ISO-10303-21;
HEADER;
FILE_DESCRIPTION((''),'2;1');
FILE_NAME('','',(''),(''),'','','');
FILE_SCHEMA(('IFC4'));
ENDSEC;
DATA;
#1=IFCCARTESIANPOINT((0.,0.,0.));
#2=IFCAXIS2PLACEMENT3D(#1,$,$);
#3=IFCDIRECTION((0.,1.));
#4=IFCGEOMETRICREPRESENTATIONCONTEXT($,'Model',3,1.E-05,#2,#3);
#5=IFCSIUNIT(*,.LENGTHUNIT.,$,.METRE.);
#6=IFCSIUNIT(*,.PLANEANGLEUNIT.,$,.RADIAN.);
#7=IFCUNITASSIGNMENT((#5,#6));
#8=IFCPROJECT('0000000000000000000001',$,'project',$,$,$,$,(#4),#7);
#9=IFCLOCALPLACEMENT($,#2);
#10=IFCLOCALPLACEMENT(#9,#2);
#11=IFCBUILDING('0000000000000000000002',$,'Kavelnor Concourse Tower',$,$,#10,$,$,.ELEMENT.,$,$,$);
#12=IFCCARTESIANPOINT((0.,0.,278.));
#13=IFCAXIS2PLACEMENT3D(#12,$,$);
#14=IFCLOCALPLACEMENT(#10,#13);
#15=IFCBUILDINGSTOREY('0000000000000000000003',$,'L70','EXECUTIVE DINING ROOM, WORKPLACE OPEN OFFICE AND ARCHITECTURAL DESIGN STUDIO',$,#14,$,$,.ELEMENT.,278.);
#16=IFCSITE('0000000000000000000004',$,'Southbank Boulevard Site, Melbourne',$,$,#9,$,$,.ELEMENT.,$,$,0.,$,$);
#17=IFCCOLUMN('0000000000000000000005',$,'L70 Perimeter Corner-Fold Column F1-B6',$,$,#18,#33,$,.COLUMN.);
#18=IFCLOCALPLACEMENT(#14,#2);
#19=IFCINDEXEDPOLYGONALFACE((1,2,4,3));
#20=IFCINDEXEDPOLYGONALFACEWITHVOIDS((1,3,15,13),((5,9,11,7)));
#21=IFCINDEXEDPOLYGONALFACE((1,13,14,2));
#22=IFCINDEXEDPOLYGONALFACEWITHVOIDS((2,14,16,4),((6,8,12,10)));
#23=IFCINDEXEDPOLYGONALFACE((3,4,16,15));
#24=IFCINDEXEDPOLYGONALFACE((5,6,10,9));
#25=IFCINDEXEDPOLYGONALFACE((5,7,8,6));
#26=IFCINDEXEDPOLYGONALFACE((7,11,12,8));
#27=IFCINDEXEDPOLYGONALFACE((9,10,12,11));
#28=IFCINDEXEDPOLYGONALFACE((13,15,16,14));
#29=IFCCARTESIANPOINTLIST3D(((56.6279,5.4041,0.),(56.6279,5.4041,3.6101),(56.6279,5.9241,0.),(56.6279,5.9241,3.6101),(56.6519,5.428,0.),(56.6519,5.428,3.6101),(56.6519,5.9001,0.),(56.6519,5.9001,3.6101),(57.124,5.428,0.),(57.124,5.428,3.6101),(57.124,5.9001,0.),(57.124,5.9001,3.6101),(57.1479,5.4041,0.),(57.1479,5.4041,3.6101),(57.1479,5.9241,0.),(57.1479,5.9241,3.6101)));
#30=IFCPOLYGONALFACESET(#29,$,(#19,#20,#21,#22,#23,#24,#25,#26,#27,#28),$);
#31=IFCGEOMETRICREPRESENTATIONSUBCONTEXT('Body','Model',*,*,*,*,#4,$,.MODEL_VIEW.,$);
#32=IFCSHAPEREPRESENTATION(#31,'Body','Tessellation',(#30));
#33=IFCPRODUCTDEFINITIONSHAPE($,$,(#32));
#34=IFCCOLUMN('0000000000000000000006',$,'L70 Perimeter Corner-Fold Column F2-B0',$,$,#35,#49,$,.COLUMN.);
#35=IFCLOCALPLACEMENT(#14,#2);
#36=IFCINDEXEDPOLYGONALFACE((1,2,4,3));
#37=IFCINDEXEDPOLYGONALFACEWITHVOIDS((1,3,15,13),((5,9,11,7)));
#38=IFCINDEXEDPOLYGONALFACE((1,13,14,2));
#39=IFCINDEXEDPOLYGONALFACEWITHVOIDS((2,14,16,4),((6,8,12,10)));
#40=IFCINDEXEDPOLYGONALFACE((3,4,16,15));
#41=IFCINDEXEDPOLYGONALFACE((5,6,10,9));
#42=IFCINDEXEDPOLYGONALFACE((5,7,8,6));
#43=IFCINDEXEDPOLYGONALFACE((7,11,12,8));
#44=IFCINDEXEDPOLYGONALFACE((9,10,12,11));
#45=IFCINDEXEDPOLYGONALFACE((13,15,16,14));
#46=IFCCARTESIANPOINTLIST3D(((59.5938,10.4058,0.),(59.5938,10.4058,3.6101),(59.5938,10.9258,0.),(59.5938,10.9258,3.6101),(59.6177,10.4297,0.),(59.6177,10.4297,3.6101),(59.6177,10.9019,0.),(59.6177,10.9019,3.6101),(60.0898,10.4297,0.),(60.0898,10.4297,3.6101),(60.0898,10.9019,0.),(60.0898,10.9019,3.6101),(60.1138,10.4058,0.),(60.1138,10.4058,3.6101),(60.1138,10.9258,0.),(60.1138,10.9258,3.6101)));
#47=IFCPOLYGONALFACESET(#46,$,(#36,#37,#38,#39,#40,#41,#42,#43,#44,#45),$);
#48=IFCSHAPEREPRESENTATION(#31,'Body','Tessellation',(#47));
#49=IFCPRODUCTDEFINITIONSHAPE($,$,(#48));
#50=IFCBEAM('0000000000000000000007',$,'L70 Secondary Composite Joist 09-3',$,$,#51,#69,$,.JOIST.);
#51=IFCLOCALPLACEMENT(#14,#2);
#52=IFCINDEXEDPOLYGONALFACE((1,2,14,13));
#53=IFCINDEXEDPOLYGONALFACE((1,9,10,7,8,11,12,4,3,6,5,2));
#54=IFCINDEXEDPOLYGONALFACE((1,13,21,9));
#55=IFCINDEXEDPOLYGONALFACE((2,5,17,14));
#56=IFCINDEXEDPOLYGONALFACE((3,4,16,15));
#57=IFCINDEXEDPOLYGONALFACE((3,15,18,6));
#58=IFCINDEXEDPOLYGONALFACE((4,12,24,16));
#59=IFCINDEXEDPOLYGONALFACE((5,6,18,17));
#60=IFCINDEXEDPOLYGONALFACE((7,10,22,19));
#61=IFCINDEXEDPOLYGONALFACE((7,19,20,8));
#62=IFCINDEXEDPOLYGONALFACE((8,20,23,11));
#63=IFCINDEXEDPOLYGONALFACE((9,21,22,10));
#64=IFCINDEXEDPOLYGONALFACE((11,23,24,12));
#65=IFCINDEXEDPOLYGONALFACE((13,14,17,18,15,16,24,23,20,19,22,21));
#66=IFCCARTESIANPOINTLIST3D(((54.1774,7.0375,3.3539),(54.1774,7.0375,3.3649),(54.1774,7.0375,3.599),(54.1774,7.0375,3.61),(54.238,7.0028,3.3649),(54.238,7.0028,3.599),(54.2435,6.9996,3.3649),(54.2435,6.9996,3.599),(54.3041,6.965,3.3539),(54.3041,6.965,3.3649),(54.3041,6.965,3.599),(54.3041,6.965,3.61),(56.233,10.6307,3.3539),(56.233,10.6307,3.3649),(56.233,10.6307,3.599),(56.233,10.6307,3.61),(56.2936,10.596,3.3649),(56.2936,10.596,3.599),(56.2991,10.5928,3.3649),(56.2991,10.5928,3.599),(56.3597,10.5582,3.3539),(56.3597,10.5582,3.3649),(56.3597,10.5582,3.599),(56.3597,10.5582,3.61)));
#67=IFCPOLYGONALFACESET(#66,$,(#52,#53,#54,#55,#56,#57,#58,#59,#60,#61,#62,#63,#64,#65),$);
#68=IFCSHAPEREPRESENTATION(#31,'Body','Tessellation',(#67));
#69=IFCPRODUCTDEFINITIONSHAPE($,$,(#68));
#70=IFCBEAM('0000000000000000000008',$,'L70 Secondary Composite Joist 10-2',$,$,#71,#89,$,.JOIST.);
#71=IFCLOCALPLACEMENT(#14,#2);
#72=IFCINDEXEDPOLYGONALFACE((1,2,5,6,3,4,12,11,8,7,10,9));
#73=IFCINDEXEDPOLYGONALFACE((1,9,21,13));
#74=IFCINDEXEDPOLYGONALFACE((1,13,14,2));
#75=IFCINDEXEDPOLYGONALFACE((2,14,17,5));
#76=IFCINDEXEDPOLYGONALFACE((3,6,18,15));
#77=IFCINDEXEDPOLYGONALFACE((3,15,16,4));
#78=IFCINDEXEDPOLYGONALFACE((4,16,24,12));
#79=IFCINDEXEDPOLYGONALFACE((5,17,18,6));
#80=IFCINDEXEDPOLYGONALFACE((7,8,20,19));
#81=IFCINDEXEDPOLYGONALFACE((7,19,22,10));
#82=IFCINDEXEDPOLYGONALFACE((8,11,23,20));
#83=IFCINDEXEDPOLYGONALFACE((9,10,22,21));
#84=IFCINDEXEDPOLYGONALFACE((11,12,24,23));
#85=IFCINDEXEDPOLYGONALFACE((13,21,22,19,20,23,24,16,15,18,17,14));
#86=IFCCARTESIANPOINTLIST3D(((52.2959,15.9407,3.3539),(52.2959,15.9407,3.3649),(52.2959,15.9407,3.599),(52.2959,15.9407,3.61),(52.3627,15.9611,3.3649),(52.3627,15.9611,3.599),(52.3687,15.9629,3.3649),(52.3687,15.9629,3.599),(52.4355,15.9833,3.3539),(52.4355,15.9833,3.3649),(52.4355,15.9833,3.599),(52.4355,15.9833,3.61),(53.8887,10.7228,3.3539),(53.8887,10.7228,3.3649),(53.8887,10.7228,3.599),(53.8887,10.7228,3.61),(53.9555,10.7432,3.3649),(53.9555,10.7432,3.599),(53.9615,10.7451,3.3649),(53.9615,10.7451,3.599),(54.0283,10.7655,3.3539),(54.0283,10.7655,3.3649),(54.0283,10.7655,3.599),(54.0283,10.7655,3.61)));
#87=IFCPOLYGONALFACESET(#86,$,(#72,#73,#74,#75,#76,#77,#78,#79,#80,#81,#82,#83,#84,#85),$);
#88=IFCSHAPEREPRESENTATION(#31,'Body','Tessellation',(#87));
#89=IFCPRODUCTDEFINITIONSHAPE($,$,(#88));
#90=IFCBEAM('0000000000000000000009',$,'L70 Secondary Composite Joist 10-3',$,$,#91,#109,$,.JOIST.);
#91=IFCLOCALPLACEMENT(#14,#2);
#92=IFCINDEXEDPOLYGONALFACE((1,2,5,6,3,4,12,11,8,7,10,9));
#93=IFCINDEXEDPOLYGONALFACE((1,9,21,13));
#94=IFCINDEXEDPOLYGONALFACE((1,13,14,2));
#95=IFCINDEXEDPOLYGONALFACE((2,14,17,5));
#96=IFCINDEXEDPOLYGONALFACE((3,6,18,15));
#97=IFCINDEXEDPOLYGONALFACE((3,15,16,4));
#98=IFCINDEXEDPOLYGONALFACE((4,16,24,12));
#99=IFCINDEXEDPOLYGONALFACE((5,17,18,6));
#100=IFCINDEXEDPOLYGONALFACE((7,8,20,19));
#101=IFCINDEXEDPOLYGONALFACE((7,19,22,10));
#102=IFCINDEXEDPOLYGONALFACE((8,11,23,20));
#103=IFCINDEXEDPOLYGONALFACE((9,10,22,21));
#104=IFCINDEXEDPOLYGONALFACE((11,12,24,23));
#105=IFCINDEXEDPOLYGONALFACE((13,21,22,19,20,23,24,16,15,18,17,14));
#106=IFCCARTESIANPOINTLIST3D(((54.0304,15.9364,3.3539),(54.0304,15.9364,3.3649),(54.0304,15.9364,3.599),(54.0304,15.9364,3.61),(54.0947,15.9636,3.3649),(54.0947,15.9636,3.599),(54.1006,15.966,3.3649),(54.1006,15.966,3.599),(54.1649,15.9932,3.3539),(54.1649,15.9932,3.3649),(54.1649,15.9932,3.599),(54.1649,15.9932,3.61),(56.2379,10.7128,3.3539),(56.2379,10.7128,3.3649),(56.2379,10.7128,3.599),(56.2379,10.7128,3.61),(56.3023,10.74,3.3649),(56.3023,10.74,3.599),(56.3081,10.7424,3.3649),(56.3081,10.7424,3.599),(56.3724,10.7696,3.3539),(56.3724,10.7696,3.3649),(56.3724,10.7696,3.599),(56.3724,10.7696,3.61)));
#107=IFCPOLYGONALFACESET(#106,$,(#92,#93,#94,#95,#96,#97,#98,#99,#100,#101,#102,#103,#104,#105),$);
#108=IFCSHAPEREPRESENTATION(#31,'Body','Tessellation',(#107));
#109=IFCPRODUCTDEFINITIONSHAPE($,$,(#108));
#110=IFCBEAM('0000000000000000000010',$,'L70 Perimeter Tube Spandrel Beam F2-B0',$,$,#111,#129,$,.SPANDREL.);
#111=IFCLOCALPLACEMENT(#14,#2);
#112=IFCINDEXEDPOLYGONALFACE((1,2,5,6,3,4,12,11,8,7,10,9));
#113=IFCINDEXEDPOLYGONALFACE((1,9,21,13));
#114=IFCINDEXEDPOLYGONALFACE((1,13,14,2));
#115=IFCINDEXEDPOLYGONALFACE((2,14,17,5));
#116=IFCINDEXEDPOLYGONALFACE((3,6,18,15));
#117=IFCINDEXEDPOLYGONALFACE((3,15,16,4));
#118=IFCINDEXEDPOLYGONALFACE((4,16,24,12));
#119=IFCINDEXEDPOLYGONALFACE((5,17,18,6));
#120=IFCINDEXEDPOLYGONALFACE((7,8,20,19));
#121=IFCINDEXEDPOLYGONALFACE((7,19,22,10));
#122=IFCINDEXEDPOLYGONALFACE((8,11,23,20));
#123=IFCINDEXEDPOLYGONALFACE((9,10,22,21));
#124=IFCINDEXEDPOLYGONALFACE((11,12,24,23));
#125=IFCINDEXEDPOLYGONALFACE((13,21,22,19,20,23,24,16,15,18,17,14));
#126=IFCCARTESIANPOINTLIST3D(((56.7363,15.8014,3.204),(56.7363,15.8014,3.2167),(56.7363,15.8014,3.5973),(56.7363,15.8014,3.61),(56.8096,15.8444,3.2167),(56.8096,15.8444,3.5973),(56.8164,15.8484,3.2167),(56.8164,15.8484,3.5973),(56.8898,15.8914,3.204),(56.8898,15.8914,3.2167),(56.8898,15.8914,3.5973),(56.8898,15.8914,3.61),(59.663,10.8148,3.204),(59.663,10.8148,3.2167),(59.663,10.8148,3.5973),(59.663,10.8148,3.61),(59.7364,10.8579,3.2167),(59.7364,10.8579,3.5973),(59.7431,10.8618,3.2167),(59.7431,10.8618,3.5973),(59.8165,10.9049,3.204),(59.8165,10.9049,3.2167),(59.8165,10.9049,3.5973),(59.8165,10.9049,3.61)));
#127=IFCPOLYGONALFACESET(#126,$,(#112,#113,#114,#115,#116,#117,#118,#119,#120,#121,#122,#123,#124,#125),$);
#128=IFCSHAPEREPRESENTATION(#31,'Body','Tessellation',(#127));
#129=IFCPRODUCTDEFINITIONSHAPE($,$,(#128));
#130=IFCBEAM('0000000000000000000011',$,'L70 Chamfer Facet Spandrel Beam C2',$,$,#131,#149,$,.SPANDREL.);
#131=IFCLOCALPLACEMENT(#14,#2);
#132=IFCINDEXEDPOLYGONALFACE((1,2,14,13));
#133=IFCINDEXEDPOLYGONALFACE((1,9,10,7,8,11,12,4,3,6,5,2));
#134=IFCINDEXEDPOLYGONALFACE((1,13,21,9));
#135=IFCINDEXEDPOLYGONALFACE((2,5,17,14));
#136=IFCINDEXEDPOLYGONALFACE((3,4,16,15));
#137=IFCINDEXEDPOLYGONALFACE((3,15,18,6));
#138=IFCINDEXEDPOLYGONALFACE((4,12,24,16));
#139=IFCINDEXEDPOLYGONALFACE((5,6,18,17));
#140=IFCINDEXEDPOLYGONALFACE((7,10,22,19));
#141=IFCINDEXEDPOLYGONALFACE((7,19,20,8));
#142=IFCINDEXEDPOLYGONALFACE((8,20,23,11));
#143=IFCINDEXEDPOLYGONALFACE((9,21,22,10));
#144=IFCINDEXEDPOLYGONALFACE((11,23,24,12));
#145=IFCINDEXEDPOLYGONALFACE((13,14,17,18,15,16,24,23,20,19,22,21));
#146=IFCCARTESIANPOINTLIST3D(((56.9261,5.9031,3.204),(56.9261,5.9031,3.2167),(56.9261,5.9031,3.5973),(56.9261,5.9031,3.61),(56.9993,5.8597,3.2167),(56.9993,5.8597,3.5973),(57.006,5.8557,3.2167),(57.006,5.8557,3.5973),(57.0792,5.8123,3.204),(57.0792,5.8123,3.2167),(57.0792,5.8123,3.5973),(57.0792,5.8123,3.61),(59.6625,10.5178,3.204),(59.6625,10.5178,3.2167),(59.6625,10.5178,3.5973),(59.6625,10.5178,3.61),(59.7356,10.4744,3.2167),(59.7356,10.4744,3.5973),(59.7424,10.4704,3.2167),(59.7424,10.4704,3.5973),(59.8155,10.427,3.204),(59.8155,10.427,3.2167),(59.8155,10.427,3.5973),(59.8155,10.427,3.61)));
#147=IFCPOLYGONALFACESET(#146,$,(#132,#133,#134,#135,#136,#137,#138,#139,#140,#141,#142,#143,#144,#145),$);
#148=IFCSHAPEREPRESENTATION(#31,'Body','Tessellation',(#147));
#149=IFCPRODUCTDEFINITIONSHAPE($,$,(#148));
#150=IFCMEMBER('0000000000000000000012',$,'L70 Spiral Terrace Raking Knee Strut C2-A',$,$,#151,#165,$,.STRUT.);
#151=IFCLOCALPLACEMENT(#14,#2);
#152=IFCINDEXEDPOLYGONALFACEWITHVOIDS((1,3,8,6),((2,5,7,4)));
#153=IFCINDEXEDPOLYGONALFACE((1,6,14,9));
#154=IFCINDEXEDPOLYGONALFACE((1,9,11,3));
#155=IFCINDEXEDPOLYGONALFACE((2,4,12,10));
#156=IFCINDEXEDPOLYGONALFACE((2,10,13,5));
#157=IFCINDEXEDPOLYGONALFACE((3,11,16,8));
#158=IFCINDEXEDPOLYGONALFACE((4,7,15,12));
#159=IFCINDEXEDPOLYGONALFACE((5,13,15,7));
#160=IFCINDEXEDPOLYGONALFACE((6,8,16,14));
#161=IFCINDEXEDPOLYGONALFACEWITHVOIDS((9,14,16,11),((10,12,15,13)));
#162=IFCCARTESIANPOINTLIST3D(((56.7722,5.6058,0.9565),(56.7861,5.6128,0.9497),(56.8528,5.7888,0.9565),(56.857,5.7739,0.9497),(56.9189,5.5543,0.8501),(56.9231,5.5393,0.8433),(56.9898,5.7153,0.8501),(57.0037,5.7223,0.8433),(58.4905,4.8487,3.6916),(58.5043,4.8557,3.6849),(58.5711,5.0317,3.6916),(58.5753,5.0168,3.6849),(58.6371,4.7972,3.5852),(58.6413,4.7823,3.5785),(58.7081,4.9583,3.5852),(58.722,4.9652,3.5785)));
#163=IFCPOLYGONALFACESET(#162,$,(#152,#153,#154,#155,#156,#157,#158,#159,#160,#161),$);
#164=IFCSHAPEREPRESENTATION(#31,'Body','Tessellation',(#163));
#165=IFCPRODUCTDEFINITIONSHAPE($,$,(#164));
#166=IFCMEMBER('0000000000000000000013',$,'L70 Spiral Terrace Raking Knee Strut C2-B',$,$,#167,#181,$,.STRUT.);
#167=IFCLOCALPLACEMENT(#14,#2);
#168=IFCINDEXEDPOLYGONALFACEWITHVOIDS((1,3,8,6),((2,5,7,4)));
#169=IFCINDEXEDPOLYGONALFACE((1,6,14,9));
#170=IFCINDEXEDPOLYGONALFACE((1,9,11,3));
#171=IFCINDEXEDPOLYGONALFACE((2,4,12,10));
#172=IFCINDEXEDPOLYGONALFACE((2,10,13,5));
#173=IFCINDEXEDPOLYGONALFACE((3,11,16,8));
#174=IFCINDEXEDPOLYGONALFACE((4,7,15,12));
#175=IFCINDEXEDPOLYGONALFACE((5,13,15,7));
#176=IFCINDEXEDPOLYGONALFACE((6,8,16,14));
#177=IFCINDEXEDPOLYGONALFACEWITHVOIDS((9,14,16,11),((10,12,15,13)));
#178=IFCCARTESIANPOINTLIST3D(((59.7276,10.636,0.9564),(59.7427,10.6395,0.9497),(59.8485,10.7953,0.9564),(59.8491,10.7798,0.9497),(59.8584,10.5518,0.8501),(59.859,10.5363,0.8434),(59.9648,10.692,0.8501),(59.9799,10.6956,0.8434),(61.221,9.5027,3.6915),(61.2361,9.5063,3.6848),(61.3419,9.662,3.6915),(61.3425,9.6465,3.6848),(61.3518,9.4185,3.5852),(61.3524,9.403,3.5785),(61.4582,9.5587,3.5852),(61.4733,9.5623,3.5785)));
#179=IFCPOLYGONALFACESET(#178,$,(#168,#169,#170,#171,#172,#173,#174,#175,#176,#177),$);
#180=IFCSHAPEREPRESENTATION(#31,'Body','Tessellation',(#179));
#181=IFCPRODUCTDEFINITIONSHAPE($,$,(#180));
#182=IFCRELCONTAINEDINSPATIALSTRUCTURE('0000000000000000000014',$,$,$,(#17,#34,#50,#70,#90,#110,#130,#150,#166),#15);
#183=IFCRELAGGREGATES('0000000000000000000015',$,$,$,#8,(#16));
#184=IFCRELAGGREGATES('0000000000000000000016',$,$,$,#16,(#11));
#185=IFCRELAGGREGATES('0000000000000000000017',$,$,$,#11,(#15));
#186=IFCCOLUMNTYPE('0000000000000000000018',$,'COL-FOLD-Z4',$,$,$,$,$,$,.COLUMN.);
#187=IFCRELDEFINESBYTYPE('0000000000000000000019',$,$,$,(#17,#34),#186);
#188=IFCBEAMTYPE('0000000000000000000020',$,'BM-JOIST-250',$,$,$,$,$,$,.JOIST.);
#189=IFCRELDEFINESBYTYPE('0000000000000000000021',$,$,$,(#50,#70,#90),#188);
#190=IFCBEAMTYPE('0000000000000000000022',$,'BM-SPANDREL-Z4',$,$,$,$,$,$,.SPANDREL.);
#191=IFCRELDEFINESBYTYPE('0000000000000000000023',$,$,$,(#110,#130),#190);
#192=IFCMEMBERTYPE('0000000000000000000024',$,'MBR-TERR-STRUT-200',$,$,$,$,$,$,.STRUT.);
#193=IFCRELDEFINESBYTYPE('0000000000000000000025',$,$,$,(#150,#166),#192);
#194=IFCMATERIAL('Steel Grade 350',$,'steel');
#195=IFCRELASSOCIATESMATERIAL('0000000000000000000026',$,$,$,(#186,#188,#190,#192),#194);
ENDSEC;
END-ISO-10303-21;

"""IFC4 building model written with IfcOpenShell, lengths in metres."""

from ifc_helpers import new_model, si_unit, direction, frame, origin, origin_2d, place, context, subcontext, project, spatial, hollow_rectangle, i_section, extrude, material, material_profile, profile_set, type_object, element, save


model = new_model("IFC4")

# Units and contexts
model_context = context("Model", 3, precision=1e-05, world=origin(), true_north=direction((0.0, 1.0)))
body_context = subcontext(model_context, "Body", "Model", "MODEL_VIEW")
ifc_project = project(units=[si_unit("LENGTHUNIT", "METRE"), si_unit("PLANEANGLEUNIT", "RADIAN")], contexts=[model_context])

# Site, building, storey
site_placement = place(None, origin())
site = spatial("IfcSite", under=ifc_project, at=site_placement, Name="Southbank Boulevard Site, Melbourne", CompositionType="ELEMENT", RefElevation=0.0)
building_placement = place(site_placement, origin())
building = spatial("IfcBuilding", under=site, at=building_placement, Name="Kavelnor Concourse Tower", CompositionType="ELEMENT")
storey_placement = place(building_placement, frame((0.0, 0.0, 278.0)))
storey = spatial("IfcBuildingStorey", under=building, at=storey_placement, Name="L70", Description="EXECUTIVE DINING ROOM, WORKPLACE OPEN OFFICE AND ARCHITECTURAL DESIGN STUDIO", CompositionType="ELEMENT", Elevation=278.0)

# Columns
ifc_material_1 = material(Name="Steel Grade 350", Category="steel")
ifc_material_profile_1 = material_profile(ifc_material_1, hollow_rectangle(XDim=0.52, YDim=0.52, WallThickness=0.0239, at=origin_2d()), Name="SHS 520x520x24")
ifc_profile_set_1 = profile_set([ifc_material_profile_1], Name="Steel Grade 350")
column_type = type_object("IfcColumnType", Name="COL-FOLD-Z4", PredefinedType="COLUMN", material=ifc_profile_set_1)
for number, where, z_axis, x_axis, name in (
    (1, (56.8879, 5.6641, 0.0), (0.0, 0.0, 1.0), (1.0, 0.0, 0.0), "L70 Perimeter Corner-Fold Column F1-B6"),
    (2, (59.8538, 10.6658, 0.0), (0.0, 0.0, 1.0), (1.0, 0.0, 0.0), "L70 Perimeter Corner-Fold Column F2-B0"),
):
    element("IfcColumn", number, at=place(storey_placement, frame(where, z_axis=z_axis, x_axis=x_axis)), inside=storey, type_object=column_type, Name=name, PredefinedType="COLUMN", context=body_context, shape_type="SweptSolid", body=[
        extrude(hollow_rectangle(XDim=0.52, YDim=0.52, WallThickness=0.0239, at=origin_2d()), origin(), (0.0, 0.0, 1.0), 3.6101),
    ])

# Beams
ifc_material_profile_2 = material_profile(ifc_material_1, i_section(OverallWidth=0.146, OverallDepth=0.2561, WebThickness=0.0063, FlangeThickness=0.011, at=origin_2d()), Name="250UB37")
ifc_profile_set_2 = profile_set([ifc_material_profile_2], Name="Steel Grade 350")
beam_type_1 = type_object("IfcBeamType", Name="BM-JOIST-250", PredefinedType="JOIST", material=ifc_profile_set_2)
beam_1_placement = place(storey_placement, frame((54.2407, 7.0012, 3.4819), z_axis=(0.496571, 0.867996, 0.0), x_axis=(-0.867996, 0.496571, 0.0)))
element("IfcBeam", 3, at=beam_1_placement, inside=storey, type_object=beam_type_1, Name="L70 Secondary Composite Joist 09-3", PredefinedType="JOIST", context=body_context, shape_type="SweptSolid", body=[
    extrude(i_section(OverallWidth=0.146, OverallDepth=0.2561, WebThickness=0.0063, FlangeThickness=0.011, at=origin_2d()), origin(), (0.0, 0.0, 1.0), 4.1396),
])
beam_2_placement = place(storey_placement, frame((53.9585, 10.7441, 3.4819), z_axis=(-0.291959, 0.956431, 0.0), x_axis=(-0.956431, -0.291959, 0.0)))
element("IfcBeam", 4, at=beam_2_placement, inside=storey, type_object=beam_type_1, Name="L70 Secondary Composite Joist 10-2", PredefinedType="JOIST", context=body_context, shape_type="SweptSolid", body=[
    extrude(i_section(OverallWidth=0.146, OverallDepth=0.2561, WebThickness=0.0063, FlangeThickness=0.011, at=origin_2d()), origin(), (0.0, 0.0, 1.0), 5.4556),
])
beam_3_placement = place(storey_placement, frame((56.3052, 10.7412, 3.4819), z_axis=(-0.389269, 0.921124, 0.0), x_axis=(-0.921124, -0.389269, 0.0)))
element("IfcBeam", 5, at=beam_3_placement, inside=storey, type_object=beam_type_1, Name="L70 Secondary Composite Joist 10-3", PredefinedType="JOIST", context=body_context, shape_type="SweptSolid", body=[
    extrude(i_section(OverallWidth=0.146, OverallDepth=0.2561, WebThickness=0.0063, FlangeThickness=0.011, at=origin_2d()), origin(), (0.0, 0.0, 1.0), 5.6709),
])
ifc_material_profile_3 = material_profile(ifc_material_1, i_section(OverallWidth=0.178, OverallDepth=0.406, WebThickness=0.0078, FlangeThickness=0.0127, at=origin_2d()), Name="410UB59")
ifc_profile_set_3 = profile_set([ifc_material_profile_3], Name="Steel Grade 350")
beam_type_2 = type_object("IfcBeamType", Name="BM-SPANDREL-Z4", PredefinedType="SPANDREL", material=ifc_profile_set_3)
beam_4_placement = place(storey_placement, frame((59.7397, 10.8599, 3.407), z_axis=(-0.506182, 0.862427, 0.0), x_axis=(-0.862427, -0.506182, 0.0)))
element("IfcBeam", 6, at=beam_4_placement, inside=storey, type_object=beam_type_2, Name="L70 Perimeter Tube Spandrel Beam F2-B0", PredefinedType="SPANDREL", context=body_context, shape_type="SweptSolid", body=[
    extrude(i_section(OverallWidth=0.178, OverallDepth=0.406, WebThickness=0.0078, FlangeThickness=0.0127, at=origin_2d()), origin(), (0.0, 0.0, 1.0), 5.782),
])
beam_5_placement = place(storey_placement, frame((57.0027, 5.8577, 3.407), z_axis=(0.510032, 0.860155, 0.0), x_axis=(-0.860155, 0.510032, 0.0)))
element("IfcBeam", 7, at=beam_5_placement, inside=storey, type_object=beam_type_2, Name="L70 Chamfer Facet Spandrel Beam C2", PredefinedType="SPANDREL", context=body_context, shape_type="SweptSolid", body=[
    extrude(i_section(OverallWidth=0.178, OverallDepth=0.406, WebThickness=0.0078, FlangeThickness=0.0127, at=origin_2d()), origin(), (0.0, 0.0, 1.0), 5.365),
])

# Members
ifc_material_profile_4 = material_profile(ifc_material_1, hollow_rectangle(XDim=0.2, YDim=0.2, WallThickness=0.012, at=origin_2d()), Name="SHS 200x200x12")
ifc_profile_set_4 = profile_set([ifc_material_profile_4], Name="Steel Grade 350")
member_type = type_object("IfcMemberType", Name="MBR-TERR-STRUT-200", PredefinedType="STRUT", material=ifc_profile_set_4)
member_1_placement = place(storey_placement, frame((56.8879, 5.6641, 0.8999), z_axis=(0.517925, -0.228202, 0.824426), x_axis=(0.403205, 0.91511, 0.0)))
element("IfcMember", 8, at=member_1_placement, inside=storey, type_object=member_type, Name="L70 Spiral Terrace Raking Knee Strut C2-A", PredefinedType="STRUT", context=body_context, shape_type="SweptSolid", body=[
    extrude(hollow_rectangle(XDim=0.2, YDim=0.2, WallThickness=0.012, at=origin_2d()), origin(), (0.0, 0.0, 1.0), 3.3176),
])
member_2_placement = place(storey_placement, frame((59.8538, 10.6658, 0.8999), z_axis=(0.450373, -0.341774, 0.824836), x_axis=(0.604512, 0.796596, 0.0)))
element("IfcMember", 9, at=member_2_placement, inside=storey, type_object=member_type, Name="L70 Spiral Terrace Raking Knee Strut C2-B", PredefinedType="STRUT", context=body_context, shape_type="SweptSolid", body=[
    extrude(hollow_rectangle(XDim=0.2, YDim=0.2, WallThickness=0.012, at=origin_2d()), origin(), (0.0, 0.0, 1.0), 3.3159),
])

save(model, "model.ifc")
